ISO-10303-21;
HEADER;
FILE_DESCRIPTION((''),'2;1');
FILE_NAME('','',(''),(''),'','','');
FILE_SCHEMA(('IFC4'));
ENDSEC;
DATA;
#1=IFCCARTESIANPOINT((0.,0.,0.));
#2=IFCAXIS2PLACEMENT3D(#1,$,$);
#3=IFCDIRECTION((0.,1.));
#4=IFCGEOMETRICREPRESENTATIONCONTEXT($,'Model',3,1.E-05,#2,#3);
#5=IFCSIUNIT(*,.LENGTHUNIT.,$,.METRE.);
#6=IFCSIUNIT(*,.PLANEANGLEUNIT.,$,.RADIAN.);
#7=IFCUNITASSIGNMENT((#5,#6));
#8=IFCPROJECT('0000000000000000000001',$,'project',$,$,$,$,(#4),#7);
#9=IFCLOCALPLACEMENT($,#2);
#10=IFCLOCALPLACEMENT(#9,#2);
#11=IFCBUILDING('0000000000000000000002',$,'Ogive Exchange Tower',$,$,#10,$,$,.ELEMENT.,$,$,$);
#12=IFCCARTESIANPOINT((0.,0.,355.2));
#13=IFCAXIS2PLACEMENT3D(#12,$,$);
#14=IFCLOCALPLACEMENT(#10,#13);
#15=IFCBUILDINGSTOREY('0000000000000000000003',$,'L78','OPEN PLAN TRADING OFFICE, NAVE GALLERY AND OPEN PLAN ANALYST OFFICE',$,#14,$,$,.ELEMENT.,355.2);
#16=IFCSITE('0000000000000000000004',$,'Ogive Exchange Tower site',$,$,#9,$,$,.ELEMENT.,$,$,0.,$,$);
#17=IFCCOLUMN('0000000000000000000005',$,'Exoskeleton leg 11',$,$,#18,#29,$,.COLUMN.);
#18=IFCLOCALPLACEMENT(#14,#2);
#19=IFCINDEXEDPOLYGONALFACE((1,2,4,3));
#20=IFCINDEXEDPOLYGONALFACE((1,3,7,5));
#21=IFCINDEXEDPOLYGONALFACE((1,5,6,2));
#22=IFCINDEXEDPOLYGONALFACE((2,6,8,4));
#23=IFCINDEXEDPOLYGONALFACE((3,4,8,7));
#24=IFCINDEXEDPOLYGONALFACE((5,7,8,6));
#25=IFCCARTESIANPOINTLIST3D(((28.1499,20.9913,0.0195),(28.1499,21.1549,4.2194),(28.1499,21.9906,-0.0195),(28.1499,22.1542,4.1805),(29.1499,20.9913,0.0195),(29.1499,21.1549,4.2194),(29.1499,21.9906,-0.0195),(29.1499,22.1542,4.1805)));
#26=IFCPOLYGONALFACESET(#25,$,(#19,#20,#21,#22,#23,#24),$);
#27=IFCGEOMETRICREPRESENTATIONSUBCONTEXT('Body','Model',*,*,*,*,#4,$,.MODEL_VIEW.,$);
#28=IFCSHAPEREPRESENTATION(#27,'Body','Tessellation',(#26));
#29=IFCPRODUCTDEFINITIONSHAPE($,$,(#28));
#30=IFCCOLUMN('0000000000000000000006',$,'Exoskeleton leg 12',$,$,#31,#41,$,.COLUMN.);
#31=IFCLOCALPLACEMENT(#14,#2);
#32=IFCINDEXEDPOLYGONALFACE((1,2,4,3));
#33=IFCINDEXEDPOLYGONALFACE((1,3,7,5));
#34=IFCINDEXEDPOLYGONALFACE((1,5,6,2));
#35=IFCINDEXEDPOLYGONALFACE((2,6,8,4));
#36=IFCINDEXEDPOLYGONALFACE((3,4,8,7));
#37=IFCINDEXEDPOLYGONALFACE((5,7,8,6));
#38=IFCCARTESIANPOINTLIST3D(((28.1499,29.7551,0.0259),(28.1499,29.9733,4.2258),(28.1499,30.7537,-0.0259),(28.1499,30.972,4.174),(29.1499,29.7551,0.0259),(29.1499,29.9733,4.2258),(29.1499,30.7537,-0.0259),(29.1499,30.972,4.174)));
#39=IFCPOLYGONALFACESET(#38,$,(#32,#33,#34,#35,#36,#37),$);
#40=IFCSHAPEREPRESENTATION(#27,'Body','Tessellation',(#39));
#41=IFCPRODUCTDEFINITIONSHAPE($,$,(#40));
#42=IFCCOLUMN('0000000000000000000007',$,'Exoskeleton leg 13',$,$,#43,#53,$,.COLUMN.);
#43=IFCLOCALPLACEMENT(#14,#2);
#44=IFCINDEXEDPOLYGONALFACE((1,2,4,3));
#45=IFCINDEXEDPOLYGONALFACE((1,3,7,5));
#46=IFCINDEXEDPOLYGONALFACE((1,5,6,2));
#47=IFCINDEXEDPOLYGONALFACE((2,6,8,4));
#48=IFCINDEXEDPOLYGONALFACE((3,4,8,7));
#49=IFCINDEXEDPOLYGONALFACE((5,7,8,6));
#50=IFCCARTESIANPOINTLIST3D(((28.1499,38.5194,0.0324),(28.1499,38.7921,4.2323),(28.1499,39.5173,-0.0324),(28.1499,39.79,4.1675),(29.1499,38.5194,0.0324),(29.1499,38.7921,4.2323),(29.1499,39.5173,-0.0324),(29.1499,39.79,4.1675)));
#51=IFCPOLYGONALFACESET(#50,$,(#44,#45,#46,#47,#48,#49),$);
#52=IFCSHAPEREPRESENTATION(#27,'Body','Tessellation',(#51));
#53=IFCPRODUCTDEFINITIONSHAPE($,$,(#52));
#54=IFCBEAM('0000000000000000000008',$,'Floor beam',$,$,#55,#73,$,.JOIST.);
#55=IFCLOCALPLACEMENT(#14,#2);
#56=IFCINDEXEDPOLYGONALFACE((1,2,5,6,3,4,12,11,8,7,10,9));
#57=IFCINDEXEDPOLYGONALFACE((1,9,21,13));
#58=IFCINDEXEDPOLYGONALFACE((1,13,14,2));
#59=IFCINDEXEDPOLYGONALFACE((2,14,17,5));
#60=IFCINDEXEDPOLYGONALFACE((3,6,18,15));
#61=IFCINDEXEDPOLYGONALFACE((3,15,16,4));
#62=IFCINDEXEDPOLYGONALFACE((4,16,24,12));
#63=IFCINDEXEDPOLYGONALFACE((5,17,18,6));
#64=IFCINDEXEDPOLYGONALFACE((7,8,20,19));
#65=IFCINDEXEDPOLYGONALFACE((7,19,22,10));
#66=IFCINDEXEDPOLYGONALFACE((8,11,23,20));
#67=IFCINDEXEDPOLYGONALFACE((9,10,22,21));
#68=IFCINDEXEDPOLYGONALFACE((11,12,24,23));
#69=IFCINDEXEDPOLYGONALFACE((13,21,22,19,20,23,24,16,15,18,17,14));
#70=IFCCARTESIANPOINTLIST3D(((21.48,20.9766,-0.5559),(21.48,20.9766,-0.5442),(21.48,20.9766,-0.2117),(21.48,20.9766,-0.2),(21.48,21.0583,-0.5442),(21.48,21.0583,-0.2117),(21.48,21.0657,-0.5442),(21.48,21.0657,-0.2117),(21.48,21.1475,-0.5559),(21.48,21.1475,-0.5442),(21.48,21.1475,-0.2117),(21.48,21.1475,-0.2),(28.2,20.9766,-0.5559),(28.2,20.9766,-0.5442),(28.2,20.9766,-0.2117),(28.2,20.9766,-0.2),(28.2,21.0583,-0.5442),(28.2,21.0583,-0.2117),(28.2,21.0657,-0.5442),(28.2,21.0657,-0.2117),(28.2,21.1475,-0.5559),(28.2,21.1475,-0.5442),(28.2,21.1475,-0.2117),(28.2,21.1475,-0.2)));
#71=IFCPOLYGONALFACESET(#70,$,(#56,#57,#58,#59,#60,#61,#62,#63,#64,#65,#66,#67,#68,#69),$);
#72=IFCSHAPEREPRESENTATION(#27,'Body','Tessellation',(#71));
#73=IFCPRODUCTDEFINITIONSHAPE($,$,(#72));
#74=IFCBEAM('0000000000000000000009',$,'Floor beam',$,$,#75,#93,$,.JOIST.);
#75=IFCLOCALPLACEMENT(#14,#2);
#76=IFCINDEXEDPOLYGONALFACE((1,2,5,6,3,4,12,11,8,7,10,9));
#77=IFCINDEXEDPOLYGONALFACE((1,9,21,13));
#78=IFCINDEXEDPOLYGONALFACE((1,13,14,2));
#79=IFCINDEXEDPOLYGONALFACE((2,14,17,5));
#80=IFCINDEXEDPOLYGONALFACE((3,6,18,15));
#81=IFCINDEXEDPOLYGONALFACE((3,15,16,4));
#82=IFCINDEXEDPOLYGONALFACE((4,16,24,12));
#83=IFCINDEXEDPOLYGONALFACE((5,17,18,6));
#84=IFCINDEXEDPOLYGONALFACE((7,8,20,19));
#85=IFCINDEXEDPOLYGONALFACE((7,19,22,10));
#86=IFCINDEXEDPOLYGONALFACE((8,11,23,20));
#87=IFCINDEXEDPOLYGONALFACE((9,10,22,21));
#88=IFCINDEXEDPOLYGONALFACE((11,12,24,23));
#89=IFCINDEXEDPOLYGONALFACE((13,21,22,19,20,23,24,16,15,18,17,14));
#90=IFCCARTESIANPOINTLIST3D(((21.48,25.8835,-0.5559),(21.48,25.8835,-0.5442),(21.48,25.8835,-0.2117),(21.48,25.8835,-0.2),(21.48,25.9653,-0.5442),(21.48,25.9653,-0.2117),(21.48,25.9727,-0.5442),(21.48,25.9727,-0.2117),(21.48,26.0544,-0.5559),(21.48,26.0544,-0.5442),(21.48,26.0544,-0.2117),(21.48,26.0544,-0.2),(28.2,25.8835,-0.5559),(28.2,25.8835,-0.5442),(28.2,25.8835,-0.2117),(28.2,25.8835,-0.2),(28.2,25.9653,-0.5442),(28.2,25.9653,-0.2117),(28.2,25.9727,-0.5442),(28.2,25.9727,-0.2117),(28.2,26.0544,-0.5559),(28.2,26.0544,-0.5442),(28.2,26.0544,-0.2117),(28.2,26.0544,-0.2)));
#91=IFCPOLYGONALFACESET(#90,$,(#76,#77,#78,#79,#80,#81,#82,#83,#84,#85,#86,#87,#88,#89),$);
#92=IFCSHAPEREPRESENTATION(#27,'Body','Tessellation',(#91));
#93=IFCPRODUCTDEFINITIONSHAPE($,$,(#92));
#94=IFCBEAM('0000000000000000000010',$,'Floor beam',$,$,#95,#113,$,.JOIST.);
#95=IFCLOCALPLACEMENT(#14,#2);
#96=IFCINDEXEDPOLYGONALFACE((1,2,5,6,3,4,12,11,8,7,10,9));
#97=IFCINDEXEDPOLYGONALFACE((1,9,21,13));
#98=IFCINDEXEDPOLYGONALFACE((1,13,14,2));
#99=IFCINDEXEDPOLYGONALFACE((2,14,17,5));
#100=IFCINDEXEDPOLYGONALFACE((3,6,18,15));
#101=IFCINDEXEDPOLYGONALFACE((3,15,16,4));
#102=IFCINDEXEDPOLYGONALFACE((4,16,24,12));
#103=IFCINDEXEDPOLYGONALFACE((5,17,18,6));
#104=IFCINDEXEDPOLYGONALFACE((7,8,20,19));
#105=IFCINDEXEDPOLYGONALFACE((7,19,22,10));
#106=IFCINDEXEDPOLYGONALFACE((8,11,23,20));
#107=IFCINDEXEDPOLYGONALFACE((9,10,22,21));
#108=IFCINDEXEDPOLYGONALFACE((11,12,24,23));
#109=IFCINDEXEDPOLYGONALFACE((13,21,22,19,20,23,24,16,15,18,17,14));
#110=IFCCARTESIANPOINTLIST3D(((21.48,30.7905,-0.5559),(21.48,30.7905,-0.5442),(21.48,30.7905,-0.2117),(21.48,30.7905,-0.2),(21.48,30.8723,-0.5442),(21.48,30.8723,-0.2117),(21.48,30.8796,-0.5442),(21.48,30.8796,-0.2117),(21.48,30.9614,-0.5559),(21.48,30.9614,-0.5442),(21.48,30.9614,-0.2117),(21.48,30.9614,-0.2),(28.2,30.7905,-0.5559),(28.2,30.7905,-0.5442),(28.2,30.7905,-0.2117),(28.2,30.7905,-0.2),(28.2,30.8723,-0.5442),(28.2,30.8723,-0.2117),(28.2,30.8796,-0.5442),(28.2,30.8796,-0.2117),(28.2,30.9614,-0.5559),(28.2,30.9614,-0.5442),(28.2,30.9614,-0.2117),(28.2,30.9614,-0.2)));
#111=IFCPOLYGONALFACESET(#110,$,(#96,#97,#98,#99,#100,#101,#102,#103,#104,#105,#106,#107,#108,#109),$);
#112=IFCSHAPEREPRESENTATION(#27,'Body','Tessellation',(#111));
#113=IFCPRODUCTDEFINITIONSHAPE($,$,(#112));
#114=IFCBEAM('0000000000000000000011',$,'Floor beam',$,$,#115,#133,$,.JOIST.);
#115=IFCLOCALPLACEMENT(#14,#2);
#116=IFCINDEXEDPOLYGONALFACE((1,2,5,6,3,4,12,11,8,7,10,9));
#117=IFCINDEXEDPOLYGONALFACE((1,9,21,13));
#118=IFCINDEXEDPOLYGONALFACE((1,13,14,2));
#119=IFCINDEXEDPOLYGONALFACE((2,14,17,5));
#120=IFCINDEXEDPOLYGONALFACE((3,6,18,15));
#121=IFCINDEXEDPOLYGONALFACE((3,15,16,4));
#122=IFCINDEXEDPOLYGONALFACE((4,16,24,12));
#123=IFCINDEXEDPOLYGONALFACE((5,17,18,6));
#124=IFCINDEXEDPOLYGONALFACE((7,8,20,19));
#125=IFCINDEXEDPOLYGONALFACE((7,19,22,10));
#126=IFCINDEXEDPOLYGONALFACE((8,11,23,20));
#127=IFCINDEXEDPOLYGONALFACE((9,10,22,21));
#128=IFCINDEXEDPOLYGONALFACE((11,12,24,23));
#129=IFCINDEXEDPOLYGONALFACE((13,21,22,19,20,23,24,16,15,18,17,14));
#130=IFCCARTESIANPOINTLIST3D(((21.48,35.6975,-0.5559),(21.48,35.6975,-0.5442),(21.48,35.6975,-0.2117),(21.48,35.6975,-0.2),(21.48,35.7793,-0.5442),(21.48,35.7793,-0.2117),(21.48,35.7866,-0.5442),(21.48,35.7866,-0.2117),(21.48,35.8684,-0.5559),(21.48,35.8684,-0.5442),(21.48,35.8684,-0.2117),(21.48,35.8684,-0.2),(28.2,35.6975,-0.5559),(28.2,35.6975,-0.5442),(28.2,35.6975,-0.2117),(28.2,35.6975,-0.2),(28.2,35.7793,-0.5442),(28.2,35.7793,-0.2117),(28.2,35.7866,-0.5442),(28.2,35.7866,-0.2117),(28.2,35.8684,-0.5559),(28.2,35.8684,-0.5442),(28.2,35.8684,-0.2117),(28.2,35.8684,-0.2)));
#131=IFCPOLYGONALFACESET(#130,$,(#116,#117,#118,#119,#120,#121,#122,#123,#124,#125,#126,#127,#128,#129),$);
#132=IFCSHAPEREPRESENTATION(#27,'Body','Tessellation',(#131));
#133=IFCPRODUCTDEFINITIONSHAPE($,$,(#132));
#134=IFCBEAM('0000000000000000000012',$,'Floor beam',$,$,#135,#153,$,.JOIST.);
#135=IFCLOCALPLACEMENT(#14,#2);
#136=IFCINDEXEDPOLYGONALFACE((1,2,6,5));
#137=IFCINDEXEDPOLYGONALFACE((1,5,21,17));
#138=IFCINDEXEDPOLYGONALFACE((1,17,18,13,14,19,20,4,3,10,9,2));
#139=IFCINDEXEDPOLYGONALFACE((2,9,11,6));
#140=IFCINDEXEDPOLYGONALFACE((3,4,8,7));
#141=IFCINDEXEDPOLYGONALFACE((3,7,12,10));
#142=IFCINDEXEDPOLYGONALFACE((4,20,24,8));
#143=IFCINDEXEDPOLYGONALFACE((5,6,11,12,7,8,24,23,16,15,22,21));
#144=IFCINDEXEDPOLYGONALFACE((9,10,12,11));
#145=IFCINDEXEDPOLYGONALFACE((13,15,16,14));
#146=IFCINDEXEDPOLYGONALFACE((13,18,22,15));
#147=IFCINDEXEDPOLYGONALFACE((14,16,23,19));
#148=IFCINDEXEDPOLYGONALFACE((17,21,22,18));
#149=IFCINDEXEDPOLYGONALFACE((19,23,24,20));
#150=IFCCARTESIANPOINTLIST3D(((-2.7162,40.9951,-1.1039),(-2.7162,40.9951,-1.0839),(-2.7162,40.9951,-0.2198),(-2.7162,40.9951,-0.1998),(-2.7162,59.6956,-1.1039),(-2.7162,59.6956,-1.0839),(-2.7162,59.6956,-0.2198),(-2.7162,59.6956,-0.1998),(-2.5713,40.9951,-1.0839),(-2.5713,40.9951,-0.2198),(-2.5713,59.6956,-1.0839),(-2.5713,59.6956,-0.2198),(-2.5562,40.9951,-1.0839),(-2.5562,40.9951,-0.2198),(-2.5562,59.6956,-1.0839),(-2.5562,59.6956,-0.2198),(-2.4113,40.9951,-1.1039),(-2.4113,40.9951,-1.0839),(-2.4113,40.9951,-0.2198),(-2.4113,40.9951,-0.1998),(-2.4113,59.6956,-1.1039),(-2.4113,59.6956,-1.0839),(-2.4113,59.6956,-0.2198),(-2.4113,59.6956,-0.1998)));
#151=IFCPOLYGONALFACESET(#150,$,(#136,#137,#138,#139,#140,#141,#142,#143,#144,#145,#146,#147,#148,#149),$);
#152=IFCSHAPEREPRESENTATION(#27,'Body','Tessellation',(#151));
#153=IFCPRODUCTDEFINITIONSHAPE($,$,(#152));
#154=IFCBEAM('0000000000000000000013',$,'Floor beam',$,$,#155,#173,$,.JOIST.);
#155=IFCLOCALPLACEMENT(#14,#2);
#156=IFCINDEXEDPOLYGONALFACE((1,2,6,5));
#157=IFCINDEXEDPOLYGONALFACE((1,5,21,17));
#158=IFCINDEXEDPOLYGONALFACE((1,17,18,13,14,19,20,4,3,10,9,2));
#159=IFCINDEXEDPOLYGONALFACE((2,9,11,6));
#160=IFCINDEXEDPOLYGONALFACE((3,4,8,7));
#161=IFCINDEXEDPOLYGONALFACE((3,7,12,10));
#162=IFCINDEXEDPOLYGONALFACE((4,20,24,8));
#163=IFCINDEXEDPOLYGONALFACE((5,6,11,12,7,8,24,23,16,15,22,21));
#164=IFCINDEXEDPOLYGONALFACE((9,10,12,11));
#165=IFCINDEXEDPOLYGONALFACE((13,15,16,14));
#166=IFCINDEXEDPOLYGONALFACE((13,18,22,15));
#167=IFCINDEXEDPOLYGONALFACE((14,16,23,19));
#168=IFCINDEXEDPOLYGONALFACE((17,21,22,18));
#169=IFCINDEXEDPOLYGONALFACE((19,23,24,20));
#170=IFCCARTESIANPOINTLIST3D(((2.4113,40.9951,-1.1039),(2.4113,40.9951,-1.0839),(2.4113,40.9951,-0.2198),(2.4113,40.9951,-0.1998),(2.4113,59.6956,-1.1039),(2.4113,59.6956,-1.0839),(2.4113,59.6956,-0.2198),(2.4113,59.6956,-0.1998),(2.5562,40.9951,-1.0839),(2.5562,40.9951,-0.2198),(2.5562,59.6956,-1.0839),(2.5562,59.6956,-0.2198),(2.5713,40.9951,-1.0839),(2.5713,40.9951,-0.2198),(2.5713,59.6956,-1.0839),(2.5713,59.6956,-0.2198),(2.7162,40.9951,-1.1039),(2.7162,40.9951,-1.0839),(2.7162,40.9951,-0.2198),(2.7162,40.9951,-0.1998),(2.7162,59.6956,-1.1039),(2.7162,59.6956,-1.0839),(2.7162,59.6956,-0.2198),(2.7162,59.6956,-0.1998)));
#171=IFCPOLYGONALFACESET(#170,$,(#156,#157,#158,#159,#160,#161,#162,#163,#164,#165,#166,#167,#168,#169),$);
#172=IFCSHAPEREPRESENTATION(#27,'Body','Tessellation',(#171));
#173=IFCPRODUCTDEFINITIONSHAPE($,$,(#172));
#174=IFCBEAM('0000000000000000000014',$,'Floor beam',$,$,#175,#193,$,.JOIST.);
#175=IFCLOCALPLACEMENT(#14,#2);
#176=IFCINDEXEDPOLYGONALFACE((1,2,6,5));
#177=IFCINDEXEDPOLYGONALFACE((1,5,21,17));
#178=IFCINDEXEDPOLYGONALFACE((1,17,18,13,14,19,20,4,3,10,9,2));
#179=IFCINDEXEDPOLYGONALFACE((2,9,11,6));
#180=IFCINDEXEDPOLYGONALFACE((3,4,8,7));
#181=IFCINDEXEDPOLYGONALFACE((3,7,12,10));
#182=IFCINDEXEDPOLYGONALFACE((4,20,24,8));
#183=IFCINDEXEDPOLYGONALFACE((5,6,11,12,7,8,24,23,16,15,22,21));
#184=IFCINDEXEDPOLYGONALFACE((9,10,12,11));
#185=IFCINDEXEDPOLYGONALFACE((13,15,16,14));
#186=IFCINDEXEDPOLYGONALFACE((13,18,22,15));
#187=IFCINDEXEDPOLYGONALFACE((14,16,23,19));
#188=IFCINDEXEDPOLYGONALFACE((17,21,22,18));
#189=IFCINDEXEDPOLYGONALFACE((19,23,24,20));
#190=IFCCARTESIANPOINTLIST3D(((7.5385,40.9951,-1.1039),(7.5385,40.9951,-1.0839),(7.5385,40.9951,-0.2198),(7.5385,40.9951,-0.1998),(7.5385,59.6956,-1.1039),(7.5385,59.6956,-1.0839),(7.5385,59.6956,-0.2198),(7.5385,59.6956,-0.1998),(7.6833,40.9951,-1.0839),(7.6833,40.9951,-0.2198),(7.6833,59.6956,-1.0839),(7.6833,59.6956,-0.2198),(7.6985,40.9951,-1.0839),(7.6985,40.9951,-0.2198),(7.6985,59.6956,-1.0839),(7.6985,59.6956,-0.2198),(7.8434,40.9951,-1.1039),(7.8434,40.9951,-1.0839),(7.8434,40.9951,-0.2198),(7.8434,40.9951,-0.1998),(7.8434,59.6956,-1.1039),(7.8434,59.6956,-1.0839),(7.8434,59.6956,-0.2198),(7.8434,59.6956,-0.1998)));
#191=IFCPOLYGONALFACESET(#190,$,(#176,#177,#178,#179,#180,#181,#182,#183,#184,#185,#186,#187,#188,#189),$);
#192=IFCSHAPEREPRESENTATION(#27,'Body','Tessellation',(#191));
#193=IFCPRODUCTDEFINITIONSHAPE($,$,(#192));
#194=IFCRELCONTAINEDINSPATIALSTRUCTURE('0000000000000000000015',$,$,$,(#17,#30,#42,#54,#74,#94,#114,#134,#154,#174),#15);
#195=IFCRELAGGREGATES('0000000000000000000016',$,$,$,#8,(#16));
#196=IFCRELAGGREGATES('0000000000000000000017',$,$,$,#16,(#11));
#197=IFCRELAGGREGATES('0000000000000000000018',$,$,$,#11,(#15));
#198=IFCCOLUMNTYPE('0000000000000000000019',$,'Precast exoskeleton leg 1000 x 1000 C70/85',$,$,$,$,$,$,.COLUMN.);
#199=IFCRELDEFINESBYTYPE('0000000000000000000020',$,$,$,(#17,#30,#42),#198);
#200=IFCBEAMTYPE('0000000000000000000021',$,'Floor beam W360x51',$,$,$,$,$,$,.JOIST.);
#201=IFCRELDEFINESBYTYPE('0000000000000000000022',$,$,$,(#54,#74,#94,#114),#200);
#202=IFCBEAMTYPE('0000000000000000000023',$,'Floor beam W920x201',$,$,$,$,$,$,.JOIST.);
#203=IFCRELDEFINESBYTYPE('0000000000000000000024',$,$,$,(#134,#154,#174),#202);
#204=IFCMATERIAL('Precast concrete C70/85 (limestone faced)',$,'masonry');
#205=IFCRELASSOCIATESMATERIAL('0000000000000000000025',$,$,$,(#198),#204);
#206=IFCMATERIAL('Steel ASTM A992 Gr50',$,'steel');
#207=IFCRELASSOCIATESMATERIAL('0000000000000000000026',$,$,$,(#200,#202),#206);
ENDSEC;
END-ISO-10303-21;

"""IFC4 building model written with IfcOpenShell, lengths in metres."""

from ifc_helpers import new_model, si_unit, direction, frame, origin, origin_2d, place, context, subcontext, project, spatial, rectangle, i_section, extrude, material, material_profile, profile_set, type_object, element, save


model = new_model("IFC4")

# Units and contexts
model_context = context("Model", 3, precision=1e-05, world=origin(), true_north=direction((0.0, 1.0)))
body_context = subcontext(model_context, "Body", "Model", "MODEL_VIEW")
ifc_project = project(units=[si_unit("LENGTHUNIT", "METRE"), si_unit("PLANEANGLEUNIT", "RADIAN")], contexts=[model_context])

# Site, building, storey
site_placement = place(None, origin())
site = spatial("IfcSite", under=ifc_project, at=site_placement, Name="Ogive Exchange Tower site", CompositionType="ELEMENT", RefElevation=0.0)
building_placement = place(site_placement, origin())
building = spatial("IfcBuilding", under=site, at=building_placement, Name="Ogive Exchange Tower", CompositionType="ELEMENT")
storey_placement = place(building_placement, frame((0.0, 0.0, 355.2)))
storey = spatial("IfcBuildingStorey", under=building, at=storey_placement, Name="L78", Description="OPEN PLAN TRADING OFFICE, NAVE GALLERY AND OPEN PLAN ANALYST OFFICE", CompositionType="ELEMENT", Elevation=355.2)

# Columns
ifc_material_1 = material(Name="Precast concrete C70/85 (limestone faced)", Category="masonry")
ifc_material_profile_1 = material_profile(ifc_material_1, rectangle(XDim=1.0, YDim=1.0, at=origin_2d()), Name="1000 x 1000")
ifc_profile_set_1 = profile_set([ifc_material_profile_1], Name="Precast concrete C70/85 (limestone faced)")
column_type = type_object("IfcColumnType", Name="Precast exoskeleton leg 1000 x 1000 C70/85", PredefinedType="COLUMN", material=ifc_profile_set_1)
column_1_placement = place(storey_placement, frame((28.6499, 21.491, 0.0), z_axis=(0.0, 0.038917, 0.999242), x_axis=(-1.0, 0.0, 0.0)))
element("IfcColumn", 1, at=column_1_placement, inside=storey, type_object=column_type, Name="Exoskeleton leg 11", PredefinedType="COLUMN", context=body_context, shape_type="SweptSolid", body=[
    extrude(rectangle(XDim=1.0, YDim=1.0, at=origin_2d()), origin(), (0.0, 0.0, 1.0), 4.2031),
])
column_2_placement = place(storey_placement, frame((28.6499, 30.2544, 0.0), z_axis=(0.0, 0.051898, 0.998652), x_axis=(-1.0, 0.0, 0.0)))
element("IfcColumn", 2, at=column_2_placement, inside=storey, type_object=column_type, Name="Exoskeleton leg 12", PredefinedType="COLUMN", context=body_context, shape_type="SweptSolid", body=[
    extrude(rectangle(XDim=1.0, YDim=1.0, at=origin_2d()), origin(), (0.0, 0.0, 1.0), 4.2056),
])
column_3_placement = place(storey_placement, frame((28.6499, 39.0183, 0.0), z_axis=(0.0, 0.064794, 0.997899), x_axis=(-1.0, 0.0, 0.0)))
element("IfcColumn", 3, at=column_3_placement, inside=storey, type_object=column_type, Name="Exoskeleton leg 13", PredefinedType="COLUMN", context=body_context, shape_type="SweptSolid", body=[
    extrude(rectangle(XDim=1.0, YDim=1.0, at=origin_2d()), origin(), (0.0, 0.0, 1.0), 4.2087),
])

# Beams
ifc_material_2 = material(Name="Steel ASTM A992 Gr50", Category="steel")
ifc_material_profile_2 = material_profile(ifc_material_2, i_section(OverallWidth=0.1709, OverallDepth=0.356, WebThickness=0.0073, FlangeThickness=0.0117, at=origin_2d()), Name="W360x51")
ifc_profile_set_2 = profile_set([ifc_material_profile_2], Name="Steel ASTM A992 Gr50")
beam_type_1 = type_object("IfcBeamType", Name="Floor beam W360x51", PredefinedType="JOIST", material=ifc_profile_set_2)
for number, where, z_axis, x_axis, name in (
    (4, (21.48, 21.062, -0.3779), (1.0, 0.0, 0.0), (0.0, 1.0, 0.0), "Floor beam"),
    (5, (21.48, 25.969, -0.3779), (1.0, 0.0, 0.0), (0.0, 1.0, 0.0), "Floor beam"),
    (6, (21.48, 30.876, -0.3779), (1.0, 0.0, 0.0), (0.0, 1.0, 0.0), "Floor beam"),
    (7, (21.48, 35.783, -0.3779), (1.0, 0.0, 0.0), (0.0, 1.0, 0.0), "Floor beam"),
):
    element("IfcBeam", number, at=place(storey_placement, frame(where, z_axis=z_axis, x_axis=x_axis)), inside=storey, type_object=beam_type_1, Name=name, PredefinedType="JOIST", context=body_context, shape_type="SweptSolid", body=[
        extrude(i_section(OverallWidth=0.1709, OverallDepth=0.356, WebThickness=0.0073, FlangeThickness=0.0117, at=origin_2d()), origin(), (0.0, 0.0, 1.0), 6.72),
    ])
ifc_material_profile_3 = material_profile(ifc_material_2, i_section(OverallWidth=0.3049, OverallDepth=0.9041, WebThickness=0.0151, FlangeThickness=0.02, at=origin_2d()), Name="W920x201")
ifc_profile_set_3 = profile_set([ifc_material_profile_3], Name="Steel ASTM A992 Gr50")
beam_type_2 = type_object("IfcBeamType", Name="Floor beam W920x201", PredefinedType="JOIST", material=ifc_profile_set_3)
for number, where, z_axis, x_axis, name in (
    (8, (-2.5637, 40.9951, -0.6519), (0.0, 1.0, 0.0), (-1.0, 0.0, 0.0), "Floor beam"),
    (9, (2.5637, 40.9951, -0.6519), (0.0, 1.0, 0.0), (-1.0, 0.0, 0.0), "Floor beam"),
    (10, (7.6909, 40.9951, -0.6519), (0.0, 1.0, 0.0), (-1.0, 0.0, 0.0), "Floor beam"),
):
    element("IfcBeam", number, at=place(storey_placement, frame(where, z_axis=z_axis, x_axis=x_axis)), inside=storey, type_object=beam_type_2, Name=name, PredefinedType="JOIST", context=body_context, shape_type="SweptSolid", body=[
        extrude(i_section(OverallWidth=0.3049, OverallDepth=0.9041, WebThickness=0.0151, FlangeThickness=0.02, at=origin_2d()), origin(), (0.0, 0.0, 1.0), 18.7004),
    ])

save(model, "model.ifc")
